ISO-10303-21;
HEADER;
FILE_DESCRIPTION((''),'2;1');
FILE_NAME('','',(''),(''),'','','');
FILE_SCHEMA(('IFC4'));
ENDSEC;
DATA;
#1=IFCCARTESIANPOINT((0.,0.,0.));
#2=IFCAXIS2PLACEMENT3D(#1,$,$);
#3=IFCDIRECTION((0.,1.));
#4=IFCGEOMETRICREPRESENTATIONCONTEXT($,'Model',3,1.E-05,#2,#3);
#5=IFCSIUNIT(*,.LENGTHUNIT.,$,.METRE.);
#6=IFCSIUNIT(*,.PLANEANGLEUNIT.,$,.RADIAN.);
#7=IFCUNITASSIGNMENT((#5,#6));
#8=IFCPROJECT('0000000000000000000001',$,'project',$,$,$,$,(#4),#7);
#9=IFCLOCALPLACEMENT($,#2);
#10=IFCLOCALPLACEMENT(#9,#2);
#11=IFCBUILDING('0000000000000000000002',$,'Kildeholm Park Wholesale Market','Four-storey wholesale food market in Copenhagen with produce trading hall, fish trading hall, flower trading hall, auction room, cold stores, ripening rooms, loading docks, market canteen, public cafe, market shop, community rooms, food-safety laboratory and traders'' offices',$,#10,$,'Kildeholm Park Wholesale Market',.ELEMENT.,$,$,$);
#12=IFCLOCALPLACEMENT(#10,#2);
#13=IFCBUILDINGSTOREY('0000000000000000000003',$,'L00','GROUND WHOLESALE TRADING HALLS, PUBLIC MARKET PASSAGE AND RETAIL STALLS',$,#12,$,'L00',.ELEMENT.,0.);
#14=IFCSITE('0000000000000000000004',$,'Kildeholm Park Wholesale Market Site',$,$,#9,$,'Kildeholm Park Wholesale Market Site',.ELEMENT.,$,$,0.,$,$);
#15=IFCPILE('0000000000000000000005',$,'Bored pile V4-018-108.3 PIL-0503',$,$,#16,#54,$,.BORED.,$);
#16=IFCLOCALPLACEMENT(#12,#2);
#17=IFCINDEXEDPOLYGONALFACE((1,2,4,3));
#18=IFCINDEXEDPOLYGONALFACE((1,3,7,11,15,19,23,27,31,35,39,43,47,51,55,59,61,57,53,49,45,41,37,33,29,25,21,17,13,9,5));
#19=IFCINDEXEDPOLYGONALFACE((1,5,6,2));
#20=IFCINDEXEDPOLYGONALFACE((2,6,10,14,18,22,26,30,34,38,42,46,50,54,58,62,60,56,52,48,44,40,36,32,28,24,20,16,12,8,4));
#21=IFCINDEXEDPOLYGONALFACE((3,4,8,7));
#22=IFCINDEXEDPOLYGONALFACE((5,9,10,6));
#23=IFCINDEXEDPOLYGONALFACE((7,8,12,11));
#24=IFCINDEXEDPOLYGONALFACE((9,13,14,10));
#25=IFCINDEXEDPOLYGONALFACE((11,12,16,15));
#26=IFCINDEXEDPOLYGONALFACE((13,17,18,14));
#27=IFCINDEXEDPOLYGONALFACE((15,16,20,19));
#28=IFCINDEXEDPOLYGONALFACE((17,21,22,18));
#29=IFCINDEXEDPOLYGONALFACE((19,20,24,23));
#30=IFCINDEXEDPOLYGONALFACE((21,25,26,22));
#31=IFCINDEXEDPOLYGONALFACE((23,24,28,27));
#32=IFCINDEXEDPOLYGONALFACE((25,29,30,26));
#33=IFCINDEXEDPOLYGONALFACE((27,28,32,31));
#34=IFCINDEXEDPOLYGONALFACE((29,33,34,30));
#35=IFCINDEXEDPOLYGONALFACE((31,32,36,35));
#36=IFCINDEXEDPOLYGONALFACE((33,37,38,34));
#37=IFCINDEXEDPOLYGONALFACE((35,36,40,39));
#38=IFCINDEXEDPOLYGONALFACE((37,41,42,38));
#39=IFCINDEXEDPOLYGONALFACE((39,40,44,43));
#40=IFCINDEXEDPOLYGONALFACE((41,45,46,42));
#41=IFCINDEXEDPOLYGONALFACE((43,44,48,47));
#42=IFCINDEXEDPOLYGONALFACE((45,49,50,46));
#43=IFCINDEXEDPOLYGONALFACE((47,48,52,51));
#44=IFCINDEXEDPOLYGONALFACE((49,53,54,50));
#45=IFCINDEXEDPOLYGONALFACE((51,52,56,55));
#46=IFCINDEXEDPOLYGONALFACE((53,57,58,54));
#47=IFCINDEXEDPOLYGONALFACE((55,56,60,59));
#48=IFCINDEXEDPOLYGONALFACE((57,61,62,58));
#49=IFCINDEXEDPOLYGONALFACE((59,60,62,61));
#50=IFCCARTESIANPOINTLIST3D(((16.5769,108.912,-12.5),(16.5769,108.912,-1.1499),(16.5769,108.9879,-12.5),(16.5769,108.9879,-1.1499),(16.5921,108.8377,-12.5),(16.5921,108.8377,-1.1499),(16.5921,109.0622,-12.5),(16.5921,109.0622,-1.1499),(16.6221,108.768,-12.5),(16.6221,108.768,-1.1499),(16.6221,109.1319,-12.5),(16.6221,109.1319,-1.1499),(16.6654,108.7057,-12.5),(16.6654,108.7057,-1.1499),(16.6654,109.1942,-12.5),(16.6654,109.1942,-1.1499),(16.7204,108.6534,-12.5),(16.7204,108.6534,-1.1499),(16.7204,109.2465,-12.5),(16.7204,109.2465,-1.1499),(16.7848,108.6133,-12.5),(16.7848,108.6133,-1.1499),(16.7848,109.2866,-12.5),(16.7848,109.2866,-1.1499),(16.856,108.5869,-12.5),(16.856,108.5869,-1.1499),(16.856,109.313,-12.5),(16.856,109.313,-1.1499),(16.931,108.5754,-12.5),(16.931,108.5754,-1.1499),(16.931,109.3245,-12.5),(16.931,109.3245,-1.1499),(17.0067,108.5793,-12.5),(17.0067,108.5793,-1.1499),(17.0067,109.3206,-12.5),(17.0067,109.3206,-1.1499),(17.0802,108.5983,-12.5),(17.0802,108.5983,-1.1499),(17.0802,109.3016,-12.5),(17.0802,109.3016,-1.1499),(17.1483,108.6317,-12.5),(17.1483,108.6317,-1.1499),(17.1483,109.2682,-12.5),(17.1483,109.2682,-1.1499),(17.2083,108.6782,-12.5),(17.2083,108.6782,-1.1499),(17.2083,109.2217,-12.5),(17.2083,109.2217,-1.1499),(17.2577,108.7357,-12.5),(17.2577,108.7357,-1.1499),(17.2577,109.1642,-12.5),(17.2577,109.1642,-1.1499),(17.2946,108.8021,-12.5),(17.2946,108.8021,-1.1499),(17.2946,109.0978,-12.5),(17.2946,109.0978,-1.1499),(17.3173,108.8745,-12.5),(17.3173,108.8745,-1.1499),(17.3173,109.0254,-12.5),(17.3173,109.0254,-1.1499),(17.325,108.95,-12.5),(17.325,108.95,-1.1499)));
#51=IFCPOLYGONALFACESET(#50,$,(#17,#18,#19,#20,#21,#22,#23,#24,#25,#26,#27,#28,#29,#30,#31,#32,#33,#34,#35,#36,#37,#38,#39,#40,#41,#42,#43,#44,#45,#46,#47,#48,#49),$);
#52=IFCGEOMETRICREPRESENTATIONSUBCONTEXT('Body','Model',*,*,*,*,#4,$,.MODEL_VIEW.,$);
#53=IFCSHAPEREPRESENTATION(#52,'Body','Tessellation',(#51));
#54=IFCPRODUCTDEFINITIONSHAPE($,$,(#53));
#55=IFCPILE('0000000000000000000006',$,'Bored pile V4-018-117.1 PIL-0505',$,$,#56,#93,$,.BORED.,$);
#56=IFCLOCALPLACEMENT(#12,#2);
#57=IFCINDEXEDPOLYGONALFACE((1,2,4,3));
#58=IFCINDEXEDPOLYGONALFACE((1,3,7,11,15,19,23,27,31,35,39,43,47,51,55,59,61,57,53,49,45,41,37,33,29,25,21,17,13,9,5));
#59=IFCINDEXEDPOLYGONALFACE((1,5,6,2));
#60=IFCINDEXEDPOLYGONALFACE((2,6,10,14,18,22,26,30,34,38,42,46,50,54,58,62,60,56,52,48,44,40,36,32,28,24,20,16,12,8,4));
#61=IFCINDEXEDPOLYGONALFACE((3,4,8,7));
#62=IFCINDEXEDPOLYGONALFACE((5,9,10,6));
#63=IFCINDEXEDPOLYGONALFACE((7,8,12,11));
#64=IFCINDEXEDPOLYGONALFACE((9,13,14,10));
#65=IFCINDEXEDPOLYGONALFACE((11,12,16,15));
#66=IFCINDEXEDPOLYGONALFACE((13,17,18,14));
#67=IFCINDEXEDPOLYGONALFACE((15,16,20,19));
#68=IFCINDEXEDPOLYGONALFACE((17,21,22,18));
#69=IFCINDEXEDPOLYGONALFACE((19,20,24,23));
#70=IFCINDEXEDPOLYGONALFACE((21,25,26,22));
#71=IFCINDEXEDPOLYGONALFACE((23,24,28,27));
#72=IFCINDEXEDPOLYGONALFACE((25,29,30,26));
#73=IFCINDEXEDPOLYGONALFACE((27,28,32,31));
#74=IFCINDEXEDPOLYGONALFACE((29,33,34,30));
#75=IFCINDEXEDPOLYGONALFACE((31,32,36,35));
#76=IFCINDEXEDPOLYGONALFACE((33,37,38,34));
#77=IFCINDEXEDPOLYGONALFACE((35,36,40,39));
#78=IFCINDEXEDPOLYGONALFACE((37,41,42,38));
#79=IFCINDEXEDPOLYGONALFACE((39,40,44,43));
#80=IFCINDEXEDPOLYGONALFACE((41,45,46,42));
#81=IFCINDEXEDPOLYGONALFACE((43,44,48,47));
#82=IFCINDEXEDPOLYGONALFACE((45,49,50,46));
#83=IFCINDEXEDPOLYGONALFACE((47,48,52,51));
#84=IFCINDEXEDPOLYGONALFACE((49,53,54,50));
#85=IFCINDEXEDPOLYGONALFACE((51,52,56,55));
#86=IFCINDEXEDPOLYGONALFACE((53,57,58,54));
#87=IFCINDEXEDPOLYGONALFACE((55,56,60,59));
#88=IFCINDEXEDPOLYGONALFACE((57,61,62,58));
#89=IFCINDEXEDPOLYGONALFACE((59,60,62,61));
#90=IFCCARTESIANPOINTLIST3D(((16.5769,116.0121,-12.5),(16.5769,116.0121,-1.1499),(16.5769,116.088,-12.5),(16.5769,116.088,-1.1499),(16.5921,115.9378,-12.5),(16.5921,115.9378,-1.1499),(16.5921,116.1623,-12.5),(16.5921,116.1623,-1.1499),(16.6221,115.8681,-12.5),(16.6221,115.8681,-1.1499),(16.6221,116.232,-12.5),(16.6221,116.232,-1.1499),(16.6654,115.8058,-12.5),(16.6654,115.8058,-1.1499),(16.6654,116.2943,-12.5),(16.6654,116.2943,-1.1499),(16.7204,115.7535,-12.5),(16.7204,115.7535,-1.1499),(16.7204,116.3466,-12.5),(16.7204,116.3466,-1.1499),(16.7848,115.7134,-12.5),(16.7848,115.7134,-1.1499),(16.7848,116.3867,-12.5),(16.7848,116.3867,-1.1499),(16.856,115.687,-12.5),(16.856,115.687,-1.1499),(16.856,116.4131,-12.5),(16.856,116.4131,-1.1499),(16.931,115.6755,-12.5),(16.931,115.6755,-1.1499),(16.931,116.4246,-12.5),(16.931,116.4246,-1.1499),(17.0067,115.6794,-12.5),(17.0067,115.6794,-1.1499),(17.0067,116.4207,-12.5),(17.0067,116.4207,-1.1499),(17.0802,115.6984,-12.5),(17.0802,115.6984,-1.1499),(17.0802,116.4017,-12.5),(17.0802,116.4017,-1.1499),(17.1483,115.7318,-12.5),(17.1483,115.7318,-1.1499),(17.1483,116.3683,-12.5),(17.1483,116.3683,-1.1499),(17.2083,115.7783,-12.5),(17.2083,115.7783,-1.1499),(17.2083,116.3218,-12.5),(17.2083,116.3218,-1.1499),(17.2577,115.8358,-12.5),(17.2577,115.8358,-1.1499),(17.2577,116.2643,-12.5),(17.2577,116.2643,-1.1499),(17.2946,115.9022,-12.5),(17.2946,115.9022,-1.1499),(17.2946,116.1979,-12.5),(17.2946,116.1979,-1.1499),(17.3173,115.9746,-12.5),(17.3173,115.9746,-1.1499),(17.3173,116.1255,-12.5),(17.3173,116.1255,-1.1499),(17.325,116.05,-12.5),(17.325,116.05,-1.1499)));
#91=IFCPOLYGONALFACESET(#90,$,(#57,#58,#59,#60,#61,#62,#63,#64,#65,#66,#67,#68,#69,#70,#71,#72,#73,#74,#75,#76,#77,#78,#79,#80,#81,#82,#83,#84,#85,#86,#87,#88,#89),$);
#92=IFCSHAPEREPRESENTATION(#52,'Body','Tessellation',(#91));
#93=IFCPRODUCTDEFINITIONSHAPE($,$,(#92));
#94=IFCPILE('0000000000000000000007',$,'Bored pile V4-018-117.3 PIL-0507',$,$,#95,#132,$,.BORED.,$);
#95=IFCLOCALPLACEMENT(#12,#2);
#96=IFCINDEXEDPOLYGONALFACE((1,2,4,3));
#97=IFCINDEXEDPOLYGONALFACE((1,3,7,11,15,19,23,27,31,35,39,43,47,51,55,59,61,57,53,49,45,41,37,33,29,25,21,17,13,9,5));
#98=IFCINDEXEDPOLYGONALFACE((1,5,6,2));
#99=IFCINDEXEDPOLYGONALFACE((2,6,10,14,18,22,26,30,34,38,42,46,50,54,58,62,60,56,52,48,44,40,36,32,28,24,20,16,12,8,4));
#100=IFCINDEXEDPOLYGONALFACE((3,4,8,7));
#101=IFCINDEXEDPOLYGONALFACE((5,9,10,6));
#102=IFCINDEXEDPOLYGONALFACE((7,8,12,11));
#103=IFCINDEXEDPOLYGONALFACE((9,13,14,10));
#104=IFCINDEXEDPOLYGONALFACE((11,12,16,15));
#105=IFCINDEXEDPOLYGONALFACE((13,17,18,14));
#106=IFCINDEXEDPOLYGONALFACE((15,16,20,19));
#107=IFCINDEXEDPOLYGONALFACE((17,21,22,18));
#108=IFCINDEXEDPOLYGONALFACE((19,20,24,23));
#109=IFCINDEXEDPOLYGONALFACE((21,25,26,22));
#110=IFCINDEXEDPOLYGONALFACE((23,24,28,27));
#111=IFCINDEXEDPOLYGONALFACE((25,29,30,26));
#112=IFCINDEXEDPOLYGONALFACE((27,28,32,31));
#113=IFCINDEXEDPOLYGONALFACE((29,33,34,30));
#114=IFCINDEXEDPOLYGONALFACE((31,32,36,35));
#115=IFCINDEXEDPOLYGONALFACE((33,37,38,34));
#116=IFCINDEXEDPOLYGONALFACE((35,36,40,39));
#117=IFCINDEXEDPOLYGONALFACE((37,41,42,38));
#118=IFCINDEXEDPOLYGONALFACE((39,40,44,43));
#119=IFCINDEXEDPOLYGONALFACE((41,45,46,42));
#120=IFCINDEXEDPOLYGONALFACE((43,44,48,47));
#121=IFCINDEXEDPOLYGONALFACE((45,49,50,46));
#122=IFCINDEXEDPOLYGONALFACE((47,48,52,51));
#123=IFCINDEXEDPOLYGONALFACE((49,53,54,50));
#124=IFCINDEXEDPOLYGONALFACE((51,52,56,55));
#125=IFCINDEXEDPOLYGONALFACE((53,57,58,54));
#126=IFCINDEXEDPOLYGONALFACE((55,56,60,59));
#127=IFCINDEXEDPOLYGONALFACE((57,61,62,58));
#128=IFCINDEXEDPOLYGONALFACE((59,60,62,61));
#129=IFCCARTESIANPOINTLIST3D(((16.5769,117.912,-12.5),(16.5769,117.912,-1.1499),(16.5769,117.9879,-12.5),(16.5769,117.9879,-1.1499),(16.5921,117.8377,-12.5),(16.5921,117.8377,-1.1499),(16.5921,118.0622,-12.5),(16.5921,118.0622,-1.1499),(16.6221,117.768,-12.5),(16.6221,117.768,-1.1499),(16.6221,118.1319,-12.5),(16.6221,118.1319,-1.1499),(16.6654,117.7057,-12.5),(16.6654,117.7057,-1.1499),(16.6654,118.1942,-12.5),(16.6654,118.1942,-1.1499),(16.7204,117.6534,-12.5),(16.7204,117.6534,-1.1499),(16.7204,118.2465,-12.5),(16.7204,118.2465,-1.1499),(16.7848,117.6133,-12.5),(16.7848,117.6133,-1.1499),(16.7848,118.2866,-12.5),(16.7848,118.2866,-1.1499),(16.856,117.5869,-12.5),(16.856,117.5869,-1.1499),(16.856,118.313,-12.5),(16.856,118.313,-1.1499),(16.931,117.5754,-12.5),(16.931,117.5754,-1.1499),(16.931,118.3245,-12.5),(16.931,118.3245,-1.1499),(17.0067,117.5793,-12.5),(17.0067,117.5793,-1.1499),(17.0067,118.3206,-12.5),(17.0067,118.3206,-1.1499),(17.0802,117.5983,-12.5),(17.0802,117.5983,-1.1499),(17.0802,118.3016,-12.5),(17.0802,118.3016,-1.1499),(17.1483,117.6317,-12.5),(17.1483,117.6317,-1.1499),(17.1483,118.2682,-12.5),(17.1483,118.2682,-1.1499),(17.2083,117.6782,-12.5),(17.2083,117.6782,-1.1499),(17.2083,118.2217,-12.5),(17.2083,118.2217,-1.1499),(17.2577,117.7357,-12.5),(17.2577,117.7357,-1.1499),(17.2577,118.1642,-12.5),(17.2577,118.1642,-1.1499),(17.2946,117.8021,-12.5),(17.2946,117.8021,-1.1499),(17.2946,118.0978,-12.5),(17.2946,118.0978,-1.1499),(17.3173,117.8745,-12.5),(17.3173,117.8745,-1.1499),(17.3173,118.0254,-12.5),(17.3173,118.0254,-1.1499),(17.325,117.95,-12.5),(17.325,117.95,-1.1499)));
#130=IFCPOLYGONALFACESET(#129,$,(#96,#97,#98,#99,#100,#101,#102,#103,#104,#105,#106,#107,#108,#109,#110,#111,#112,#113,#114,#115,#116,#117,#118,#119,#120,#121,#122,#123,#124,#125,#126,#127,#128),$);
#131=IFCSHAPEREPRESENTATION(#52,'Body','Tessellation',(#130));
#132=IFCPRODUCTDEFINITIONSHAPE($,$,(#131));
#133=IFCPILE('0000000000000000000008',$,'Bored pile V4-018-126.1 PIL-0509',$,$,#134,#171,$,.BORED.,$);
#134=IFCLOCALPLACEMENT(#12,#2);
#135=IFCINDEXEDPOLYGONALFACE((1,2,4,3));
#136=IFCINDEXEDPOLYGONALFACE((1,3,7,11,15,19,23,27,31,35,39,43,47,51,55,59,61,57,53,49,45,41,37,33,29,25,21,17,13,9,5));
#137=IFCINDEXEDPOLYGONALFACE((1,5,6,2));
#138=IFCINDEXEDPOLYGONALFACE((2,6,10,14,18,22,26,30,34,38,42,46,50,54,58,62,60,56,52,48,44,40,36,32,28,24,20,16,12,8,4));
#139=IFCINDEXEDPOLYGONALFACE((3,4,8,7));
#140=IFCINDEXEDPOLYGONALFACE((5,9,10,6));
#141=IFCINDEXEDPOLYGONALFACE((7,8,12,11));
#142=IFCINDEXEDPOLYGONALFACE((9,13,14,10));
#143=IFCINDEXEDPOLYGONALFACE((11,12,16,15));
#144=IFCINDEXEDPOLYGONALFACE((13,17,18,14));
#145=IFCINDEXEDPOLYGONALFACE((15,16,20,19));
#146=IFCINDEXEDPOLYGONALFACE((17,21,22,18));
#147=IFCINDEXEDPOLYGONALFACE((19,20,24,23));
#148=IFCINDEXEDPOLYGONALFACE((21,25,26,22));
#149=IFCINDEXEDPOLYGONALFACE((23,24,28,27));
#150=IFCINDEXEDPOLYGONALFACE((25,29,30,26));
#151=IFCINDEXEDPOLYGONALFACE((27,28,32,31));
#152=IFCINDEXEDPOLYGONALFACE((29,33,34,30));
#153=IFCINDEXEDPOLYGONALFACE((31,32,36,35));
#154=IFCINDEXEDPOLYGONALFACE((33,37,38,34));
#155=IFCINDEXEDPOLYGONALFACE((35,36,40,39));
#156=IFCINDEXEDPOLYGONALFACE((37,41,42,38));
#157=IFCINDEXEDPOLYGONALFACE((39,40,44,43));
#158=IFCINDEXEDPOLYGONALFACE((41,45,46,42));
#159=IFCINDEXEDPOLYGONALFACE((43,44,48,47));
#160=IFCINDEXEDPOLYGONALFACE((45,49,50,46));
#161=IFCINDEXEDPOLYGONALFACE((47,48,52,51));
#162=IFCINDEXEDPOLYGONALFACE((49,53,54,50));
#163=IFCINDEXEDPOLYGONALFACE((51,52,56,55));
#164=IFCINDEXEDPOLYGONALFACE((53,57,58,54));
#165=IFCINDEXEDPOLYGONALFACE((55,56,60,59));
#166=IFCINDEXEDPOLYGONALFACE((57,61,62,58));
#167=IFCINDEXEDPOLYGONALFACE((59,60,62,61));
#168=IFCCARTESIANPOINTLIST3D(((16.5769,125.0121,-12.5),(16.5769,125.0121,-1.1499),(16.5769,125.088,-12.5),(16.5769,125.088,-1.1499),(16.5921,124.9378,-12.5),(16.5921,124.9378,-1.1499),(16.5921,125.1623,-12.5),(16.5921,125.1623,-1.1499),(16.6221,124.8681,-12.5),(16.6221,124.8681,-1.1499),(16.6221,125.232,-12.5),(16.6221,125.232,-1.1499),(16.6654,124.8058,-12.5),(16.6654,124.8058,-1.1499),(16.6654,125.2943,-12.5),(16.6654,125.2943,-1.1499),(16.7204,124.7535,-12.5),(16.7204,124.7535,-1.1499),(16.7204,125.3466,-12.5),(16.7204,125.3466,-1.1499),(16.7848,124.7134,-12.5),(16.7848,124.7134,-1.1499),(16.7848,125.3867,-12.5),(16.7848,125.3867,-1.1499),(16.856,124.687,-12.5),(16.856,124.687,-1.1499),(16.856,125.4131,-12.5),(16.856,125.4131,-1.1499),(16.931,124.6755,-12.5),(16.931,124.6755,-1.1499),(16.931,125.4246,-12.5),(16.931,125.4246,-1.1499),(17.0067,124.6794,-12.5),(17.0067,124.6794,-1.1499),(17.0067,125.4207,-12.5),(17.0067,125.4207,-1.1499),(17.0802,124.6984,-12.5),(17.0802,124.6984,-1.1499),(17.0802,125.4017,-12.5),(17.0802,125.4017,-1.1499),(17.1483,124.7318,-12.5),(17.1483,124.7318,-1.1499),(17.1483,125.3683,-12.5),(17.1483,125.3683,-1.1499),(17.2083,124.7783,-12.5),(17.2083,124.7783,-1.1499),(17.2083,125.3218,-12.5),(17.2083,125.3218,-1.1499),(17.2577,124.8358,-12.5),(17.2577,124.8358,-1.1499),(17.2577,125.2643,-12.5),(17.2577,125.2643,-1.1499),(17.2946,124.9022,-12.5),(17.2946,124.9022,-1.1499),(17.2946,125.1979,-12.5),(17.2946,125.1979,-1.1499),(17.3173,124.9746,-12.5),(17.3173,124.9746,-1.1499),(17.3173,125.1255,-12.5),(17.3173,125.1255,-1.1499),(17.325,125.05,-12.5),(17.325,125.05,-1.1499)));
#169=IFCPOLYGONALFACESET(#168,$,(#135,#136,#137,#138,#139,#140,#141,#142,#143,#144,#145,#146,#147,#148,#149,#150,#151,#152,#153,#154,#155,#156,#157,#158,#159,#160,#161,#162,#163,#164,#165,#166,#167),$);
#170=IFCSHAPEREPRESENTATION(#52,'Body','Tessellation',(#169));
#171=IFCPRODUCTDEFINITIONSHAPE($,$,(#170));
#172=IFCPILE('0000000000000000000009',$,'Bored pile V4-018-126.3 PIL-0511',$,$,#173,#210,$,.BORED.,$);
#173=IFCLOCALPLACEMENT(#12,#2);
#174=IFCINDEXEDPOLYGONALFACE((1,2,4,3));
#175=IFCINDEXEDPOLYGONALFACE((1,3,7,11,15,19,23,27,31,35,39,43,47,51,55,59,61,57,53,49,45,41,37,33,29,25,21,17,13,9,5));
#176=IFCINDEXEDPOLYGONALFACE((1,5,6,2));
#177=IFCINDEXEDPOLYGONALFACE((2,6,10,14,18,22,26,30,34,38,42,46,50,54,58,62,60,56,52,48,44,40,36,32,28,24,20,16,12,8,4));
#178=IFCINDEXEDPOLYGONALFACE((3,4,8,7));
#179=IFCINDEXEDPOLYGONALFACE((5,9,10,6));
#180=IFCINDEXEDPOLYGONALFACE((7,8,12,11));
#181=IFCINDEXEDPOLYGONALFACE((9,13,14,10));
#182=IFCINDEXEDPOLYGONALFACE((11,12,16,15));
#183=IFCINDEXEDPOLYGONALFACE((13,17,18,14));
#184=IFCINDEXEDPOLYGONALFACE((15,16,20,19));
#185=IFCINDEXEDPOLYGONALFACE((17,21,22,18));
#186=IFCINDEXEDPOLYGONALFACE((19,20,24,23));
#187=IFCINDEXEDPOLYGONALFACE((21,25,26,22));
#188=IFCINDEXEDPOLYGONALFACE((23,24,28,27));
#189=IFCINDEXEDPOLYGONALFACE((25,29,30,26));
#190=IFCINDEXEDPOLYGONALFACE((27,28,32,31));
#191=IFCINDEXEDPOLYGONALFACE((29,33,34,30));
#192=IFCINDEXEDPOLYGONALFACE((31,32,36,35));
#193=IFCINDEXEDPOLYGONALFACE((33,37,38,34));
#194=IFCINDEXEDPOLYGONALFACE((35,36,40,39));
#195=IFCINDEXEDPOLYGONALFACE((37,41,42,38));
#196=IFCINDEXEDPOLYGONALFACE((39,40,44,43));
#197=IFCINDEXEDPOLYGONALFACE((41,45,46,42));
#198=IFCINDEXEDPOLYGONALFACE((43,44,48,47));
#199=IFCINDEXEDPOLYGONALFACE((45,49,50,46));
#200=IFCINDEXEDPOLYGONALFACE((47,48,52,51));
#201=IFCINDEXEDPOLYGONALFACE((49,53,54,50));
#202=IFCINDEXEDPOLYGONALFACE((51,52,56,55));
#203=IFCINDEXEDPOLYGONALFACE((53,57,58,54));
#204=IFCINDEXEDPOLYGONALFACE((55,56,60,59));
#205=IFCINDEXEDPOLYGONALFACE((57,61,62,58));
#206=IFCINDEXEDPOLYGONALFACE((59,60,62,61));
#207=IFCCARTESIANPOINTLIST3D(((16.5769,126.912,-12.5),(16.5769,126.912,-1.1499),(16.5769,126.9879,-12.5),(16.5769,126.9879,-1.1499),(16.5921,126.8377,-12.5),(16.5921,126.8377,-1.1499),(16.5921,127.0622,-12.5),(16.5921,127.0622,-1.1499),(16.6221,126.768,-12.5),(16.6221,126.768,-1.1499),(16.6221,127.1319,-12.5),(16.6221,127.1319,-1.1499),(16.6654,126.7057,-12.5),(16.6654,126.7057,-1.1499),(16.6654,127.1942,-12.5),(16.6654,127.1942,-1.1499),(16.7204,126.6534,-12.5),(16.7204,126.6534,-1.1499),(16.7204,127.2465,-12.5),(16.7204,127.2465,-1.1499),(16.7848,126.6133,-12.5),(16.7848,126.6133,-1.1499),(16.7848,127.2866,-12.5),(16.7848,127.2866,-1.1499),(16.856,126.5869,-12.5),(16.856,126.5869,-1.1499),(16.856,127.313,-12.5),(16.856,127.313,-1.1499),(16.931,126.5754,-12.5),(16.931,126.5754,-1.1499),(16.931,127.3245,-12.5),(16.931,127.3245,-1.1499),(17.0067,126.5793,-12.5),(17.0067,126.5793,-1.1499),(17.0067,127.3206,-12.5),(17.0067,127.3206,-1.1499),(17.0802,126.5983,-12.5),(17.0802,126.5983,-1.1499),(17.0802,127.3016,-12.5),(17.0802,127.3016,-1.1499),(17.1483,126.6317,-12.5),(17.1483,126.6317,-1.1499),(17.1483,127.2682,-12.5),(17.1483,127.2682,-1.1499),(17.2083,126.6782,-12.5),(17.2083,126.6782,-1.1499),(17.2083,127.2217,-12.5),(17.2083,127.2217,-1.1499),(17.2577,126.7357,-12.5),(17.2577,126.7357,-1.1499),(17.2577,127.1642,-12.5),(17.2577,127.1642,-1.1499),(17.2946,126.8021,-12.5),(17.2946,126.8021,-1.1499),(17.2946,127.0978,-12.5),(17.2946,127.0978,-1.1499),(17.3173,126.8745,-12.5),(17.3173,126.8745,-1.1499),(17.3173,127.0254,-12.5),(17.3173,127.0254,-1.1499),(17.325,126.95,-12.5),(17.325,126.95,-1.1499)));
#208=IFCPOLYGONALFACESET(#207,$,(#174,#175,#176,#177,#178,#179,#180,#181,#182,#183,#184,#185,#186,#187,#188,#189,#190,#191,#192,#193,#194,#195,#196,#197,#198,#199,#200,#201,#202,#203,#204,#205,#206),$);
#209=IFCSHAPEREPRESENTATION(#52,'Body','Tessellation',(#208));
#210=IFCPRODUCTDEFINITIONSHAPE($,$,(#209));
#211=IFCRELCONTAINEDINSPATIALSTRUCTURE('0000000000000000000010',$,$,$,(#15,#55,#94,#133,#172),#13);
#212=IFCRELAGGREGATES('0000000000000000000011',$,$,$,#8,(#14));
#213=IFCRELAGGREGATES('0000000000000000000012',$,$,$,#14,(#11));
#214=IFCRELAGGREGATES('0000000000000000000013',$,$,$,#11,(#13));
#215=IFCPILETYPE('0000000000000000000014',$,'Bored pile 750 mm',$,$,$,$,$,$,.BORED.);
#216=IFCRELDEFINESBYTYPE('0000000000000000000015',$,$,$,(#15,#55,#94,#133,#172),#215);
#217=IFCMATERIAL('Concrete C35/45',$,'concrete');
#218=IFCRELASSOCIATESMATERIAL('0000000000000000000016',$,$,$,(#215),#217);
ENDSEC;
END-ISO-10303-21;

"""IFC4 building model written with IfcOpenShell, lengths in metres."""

from ifc_helpers import new_model, si_unit, direction, frame, origin, origin_2d, place, context, subcontext, project, spatial, circle, extrude, material, material_profile, profile_set, type_object, element, save


model = new_model("IFC4")

# Units and contexts
model_context = context("Model", 3, precision=1e-05, world=origin(), true_north=direction((0.0, 1.0)))
body_context = subcontext(model_context, "Body", "Model", "MODEL_VIEW")
ifc_project = project(units=[si_unit("LENGTHUNIT", "METRE"), si_unit("PLANEANGLEUNIT", "RADIAN")], contexts=[model_context])

# Site, building, storey
site_placement = place(None, origin())
site = spatial("IfcSite", under=ifc_project, at=site_placement, Name="Kildeholm Park Wholesale Market Site", LongName="Kildeholm Park Wholesale Market Site", CompositionType="ELEMENT", RefElevation=0.0)
building_placement = place(site_placement, origin())
building = spatial("IfcBuilding", under=site, at=building_placement, Name="Kildeholm Park Wholesale Market", Description="Four-storey wholesale food market in Copenhagen with produce trading hall, fish trading hall, flower trading hall, auction room, cold stores, ripening rooms, loading docks, market canteen, public cafe, market shop, community rooms, food-safety laboratory and traders' offices", LongName="Kildeholm Park Wholesale Market", CompositionType="ELEMENT")
storey_placement = place(building_placement, origin())
storey = spatial("IfcBuildingStorey", under=building, at=storey_placement, Name="L00", Description="GROUND WHOLESALE TRADING HALLS, PUBLIC MARKET PASSAGE AND RETAIL STALLS", LongName="L00", CompositionType="ELEMENT", Elevation=0.0)

# Piles
ifc_material_1 = material(Name="Concrete C35/45", Category="concrete")
ifc_material_profile_1 = material_profile(ifc_material_1, circle(Radius=0.375, at=origin_2d()), Name="PILE D750")
ifc_profile_set_1 = profile_set([ifc_material_profile_1], Name="Concrete C35/45")
pile_type = type_object("IfcPileType", Name="Bored pile 750 mm", PredefinedType="BORED", material=ifc_profile_set_1)
for number, where, z_axis, x_axis, name in (
    (1, (16.95, 108.95, -1.1499), (0.0, 0.0, -1.0), (1.0, 0.0, 0.0), "Bored pile V4-018-108.3 PIL-0503"),
    (2, (16.95, 116.05, -1.1499), (0.0, 0.0, -1.0), (1.0, 0.0, 0.0), "Bored pile V4-018-117.1 PIL-0505"),
    (3, (16.95, 117.95, -1.1499), (0.0, 0.0, -1.0), (1.0, 0.0, 0.0), "Bored pile V4-018-117.3 PIL-0507"),
    (4, (16.95, 125.05, -1.1499), (0.0, 0.0, -1.0), (1.0, 0.0, 0.0), "Bored pile V4-018-126.1 PIL-0509"),
    (5, (16.95, 126.95, -1.1499), (0.0, 0.0, -1.0), (1.0, 0.0, 0.0), "Bored pile V4-018-126.3 PIL-0511"),
):
    element("IfcPile", number, at=place(storey_placement, frame(where, z_axis=z_axis, x_axis=x_axis)), inside=storey, type_object=pile_type, Name=name, PredefinedType="BORED", context=body_context, shape_type="SweptSolid", body=[
        extrude(circle(Radius=0.375, at=origin_2d()), origin(), (0.0, 0.0, 1.0), 11.3501),
    ])

save(model, "model.ifc")
